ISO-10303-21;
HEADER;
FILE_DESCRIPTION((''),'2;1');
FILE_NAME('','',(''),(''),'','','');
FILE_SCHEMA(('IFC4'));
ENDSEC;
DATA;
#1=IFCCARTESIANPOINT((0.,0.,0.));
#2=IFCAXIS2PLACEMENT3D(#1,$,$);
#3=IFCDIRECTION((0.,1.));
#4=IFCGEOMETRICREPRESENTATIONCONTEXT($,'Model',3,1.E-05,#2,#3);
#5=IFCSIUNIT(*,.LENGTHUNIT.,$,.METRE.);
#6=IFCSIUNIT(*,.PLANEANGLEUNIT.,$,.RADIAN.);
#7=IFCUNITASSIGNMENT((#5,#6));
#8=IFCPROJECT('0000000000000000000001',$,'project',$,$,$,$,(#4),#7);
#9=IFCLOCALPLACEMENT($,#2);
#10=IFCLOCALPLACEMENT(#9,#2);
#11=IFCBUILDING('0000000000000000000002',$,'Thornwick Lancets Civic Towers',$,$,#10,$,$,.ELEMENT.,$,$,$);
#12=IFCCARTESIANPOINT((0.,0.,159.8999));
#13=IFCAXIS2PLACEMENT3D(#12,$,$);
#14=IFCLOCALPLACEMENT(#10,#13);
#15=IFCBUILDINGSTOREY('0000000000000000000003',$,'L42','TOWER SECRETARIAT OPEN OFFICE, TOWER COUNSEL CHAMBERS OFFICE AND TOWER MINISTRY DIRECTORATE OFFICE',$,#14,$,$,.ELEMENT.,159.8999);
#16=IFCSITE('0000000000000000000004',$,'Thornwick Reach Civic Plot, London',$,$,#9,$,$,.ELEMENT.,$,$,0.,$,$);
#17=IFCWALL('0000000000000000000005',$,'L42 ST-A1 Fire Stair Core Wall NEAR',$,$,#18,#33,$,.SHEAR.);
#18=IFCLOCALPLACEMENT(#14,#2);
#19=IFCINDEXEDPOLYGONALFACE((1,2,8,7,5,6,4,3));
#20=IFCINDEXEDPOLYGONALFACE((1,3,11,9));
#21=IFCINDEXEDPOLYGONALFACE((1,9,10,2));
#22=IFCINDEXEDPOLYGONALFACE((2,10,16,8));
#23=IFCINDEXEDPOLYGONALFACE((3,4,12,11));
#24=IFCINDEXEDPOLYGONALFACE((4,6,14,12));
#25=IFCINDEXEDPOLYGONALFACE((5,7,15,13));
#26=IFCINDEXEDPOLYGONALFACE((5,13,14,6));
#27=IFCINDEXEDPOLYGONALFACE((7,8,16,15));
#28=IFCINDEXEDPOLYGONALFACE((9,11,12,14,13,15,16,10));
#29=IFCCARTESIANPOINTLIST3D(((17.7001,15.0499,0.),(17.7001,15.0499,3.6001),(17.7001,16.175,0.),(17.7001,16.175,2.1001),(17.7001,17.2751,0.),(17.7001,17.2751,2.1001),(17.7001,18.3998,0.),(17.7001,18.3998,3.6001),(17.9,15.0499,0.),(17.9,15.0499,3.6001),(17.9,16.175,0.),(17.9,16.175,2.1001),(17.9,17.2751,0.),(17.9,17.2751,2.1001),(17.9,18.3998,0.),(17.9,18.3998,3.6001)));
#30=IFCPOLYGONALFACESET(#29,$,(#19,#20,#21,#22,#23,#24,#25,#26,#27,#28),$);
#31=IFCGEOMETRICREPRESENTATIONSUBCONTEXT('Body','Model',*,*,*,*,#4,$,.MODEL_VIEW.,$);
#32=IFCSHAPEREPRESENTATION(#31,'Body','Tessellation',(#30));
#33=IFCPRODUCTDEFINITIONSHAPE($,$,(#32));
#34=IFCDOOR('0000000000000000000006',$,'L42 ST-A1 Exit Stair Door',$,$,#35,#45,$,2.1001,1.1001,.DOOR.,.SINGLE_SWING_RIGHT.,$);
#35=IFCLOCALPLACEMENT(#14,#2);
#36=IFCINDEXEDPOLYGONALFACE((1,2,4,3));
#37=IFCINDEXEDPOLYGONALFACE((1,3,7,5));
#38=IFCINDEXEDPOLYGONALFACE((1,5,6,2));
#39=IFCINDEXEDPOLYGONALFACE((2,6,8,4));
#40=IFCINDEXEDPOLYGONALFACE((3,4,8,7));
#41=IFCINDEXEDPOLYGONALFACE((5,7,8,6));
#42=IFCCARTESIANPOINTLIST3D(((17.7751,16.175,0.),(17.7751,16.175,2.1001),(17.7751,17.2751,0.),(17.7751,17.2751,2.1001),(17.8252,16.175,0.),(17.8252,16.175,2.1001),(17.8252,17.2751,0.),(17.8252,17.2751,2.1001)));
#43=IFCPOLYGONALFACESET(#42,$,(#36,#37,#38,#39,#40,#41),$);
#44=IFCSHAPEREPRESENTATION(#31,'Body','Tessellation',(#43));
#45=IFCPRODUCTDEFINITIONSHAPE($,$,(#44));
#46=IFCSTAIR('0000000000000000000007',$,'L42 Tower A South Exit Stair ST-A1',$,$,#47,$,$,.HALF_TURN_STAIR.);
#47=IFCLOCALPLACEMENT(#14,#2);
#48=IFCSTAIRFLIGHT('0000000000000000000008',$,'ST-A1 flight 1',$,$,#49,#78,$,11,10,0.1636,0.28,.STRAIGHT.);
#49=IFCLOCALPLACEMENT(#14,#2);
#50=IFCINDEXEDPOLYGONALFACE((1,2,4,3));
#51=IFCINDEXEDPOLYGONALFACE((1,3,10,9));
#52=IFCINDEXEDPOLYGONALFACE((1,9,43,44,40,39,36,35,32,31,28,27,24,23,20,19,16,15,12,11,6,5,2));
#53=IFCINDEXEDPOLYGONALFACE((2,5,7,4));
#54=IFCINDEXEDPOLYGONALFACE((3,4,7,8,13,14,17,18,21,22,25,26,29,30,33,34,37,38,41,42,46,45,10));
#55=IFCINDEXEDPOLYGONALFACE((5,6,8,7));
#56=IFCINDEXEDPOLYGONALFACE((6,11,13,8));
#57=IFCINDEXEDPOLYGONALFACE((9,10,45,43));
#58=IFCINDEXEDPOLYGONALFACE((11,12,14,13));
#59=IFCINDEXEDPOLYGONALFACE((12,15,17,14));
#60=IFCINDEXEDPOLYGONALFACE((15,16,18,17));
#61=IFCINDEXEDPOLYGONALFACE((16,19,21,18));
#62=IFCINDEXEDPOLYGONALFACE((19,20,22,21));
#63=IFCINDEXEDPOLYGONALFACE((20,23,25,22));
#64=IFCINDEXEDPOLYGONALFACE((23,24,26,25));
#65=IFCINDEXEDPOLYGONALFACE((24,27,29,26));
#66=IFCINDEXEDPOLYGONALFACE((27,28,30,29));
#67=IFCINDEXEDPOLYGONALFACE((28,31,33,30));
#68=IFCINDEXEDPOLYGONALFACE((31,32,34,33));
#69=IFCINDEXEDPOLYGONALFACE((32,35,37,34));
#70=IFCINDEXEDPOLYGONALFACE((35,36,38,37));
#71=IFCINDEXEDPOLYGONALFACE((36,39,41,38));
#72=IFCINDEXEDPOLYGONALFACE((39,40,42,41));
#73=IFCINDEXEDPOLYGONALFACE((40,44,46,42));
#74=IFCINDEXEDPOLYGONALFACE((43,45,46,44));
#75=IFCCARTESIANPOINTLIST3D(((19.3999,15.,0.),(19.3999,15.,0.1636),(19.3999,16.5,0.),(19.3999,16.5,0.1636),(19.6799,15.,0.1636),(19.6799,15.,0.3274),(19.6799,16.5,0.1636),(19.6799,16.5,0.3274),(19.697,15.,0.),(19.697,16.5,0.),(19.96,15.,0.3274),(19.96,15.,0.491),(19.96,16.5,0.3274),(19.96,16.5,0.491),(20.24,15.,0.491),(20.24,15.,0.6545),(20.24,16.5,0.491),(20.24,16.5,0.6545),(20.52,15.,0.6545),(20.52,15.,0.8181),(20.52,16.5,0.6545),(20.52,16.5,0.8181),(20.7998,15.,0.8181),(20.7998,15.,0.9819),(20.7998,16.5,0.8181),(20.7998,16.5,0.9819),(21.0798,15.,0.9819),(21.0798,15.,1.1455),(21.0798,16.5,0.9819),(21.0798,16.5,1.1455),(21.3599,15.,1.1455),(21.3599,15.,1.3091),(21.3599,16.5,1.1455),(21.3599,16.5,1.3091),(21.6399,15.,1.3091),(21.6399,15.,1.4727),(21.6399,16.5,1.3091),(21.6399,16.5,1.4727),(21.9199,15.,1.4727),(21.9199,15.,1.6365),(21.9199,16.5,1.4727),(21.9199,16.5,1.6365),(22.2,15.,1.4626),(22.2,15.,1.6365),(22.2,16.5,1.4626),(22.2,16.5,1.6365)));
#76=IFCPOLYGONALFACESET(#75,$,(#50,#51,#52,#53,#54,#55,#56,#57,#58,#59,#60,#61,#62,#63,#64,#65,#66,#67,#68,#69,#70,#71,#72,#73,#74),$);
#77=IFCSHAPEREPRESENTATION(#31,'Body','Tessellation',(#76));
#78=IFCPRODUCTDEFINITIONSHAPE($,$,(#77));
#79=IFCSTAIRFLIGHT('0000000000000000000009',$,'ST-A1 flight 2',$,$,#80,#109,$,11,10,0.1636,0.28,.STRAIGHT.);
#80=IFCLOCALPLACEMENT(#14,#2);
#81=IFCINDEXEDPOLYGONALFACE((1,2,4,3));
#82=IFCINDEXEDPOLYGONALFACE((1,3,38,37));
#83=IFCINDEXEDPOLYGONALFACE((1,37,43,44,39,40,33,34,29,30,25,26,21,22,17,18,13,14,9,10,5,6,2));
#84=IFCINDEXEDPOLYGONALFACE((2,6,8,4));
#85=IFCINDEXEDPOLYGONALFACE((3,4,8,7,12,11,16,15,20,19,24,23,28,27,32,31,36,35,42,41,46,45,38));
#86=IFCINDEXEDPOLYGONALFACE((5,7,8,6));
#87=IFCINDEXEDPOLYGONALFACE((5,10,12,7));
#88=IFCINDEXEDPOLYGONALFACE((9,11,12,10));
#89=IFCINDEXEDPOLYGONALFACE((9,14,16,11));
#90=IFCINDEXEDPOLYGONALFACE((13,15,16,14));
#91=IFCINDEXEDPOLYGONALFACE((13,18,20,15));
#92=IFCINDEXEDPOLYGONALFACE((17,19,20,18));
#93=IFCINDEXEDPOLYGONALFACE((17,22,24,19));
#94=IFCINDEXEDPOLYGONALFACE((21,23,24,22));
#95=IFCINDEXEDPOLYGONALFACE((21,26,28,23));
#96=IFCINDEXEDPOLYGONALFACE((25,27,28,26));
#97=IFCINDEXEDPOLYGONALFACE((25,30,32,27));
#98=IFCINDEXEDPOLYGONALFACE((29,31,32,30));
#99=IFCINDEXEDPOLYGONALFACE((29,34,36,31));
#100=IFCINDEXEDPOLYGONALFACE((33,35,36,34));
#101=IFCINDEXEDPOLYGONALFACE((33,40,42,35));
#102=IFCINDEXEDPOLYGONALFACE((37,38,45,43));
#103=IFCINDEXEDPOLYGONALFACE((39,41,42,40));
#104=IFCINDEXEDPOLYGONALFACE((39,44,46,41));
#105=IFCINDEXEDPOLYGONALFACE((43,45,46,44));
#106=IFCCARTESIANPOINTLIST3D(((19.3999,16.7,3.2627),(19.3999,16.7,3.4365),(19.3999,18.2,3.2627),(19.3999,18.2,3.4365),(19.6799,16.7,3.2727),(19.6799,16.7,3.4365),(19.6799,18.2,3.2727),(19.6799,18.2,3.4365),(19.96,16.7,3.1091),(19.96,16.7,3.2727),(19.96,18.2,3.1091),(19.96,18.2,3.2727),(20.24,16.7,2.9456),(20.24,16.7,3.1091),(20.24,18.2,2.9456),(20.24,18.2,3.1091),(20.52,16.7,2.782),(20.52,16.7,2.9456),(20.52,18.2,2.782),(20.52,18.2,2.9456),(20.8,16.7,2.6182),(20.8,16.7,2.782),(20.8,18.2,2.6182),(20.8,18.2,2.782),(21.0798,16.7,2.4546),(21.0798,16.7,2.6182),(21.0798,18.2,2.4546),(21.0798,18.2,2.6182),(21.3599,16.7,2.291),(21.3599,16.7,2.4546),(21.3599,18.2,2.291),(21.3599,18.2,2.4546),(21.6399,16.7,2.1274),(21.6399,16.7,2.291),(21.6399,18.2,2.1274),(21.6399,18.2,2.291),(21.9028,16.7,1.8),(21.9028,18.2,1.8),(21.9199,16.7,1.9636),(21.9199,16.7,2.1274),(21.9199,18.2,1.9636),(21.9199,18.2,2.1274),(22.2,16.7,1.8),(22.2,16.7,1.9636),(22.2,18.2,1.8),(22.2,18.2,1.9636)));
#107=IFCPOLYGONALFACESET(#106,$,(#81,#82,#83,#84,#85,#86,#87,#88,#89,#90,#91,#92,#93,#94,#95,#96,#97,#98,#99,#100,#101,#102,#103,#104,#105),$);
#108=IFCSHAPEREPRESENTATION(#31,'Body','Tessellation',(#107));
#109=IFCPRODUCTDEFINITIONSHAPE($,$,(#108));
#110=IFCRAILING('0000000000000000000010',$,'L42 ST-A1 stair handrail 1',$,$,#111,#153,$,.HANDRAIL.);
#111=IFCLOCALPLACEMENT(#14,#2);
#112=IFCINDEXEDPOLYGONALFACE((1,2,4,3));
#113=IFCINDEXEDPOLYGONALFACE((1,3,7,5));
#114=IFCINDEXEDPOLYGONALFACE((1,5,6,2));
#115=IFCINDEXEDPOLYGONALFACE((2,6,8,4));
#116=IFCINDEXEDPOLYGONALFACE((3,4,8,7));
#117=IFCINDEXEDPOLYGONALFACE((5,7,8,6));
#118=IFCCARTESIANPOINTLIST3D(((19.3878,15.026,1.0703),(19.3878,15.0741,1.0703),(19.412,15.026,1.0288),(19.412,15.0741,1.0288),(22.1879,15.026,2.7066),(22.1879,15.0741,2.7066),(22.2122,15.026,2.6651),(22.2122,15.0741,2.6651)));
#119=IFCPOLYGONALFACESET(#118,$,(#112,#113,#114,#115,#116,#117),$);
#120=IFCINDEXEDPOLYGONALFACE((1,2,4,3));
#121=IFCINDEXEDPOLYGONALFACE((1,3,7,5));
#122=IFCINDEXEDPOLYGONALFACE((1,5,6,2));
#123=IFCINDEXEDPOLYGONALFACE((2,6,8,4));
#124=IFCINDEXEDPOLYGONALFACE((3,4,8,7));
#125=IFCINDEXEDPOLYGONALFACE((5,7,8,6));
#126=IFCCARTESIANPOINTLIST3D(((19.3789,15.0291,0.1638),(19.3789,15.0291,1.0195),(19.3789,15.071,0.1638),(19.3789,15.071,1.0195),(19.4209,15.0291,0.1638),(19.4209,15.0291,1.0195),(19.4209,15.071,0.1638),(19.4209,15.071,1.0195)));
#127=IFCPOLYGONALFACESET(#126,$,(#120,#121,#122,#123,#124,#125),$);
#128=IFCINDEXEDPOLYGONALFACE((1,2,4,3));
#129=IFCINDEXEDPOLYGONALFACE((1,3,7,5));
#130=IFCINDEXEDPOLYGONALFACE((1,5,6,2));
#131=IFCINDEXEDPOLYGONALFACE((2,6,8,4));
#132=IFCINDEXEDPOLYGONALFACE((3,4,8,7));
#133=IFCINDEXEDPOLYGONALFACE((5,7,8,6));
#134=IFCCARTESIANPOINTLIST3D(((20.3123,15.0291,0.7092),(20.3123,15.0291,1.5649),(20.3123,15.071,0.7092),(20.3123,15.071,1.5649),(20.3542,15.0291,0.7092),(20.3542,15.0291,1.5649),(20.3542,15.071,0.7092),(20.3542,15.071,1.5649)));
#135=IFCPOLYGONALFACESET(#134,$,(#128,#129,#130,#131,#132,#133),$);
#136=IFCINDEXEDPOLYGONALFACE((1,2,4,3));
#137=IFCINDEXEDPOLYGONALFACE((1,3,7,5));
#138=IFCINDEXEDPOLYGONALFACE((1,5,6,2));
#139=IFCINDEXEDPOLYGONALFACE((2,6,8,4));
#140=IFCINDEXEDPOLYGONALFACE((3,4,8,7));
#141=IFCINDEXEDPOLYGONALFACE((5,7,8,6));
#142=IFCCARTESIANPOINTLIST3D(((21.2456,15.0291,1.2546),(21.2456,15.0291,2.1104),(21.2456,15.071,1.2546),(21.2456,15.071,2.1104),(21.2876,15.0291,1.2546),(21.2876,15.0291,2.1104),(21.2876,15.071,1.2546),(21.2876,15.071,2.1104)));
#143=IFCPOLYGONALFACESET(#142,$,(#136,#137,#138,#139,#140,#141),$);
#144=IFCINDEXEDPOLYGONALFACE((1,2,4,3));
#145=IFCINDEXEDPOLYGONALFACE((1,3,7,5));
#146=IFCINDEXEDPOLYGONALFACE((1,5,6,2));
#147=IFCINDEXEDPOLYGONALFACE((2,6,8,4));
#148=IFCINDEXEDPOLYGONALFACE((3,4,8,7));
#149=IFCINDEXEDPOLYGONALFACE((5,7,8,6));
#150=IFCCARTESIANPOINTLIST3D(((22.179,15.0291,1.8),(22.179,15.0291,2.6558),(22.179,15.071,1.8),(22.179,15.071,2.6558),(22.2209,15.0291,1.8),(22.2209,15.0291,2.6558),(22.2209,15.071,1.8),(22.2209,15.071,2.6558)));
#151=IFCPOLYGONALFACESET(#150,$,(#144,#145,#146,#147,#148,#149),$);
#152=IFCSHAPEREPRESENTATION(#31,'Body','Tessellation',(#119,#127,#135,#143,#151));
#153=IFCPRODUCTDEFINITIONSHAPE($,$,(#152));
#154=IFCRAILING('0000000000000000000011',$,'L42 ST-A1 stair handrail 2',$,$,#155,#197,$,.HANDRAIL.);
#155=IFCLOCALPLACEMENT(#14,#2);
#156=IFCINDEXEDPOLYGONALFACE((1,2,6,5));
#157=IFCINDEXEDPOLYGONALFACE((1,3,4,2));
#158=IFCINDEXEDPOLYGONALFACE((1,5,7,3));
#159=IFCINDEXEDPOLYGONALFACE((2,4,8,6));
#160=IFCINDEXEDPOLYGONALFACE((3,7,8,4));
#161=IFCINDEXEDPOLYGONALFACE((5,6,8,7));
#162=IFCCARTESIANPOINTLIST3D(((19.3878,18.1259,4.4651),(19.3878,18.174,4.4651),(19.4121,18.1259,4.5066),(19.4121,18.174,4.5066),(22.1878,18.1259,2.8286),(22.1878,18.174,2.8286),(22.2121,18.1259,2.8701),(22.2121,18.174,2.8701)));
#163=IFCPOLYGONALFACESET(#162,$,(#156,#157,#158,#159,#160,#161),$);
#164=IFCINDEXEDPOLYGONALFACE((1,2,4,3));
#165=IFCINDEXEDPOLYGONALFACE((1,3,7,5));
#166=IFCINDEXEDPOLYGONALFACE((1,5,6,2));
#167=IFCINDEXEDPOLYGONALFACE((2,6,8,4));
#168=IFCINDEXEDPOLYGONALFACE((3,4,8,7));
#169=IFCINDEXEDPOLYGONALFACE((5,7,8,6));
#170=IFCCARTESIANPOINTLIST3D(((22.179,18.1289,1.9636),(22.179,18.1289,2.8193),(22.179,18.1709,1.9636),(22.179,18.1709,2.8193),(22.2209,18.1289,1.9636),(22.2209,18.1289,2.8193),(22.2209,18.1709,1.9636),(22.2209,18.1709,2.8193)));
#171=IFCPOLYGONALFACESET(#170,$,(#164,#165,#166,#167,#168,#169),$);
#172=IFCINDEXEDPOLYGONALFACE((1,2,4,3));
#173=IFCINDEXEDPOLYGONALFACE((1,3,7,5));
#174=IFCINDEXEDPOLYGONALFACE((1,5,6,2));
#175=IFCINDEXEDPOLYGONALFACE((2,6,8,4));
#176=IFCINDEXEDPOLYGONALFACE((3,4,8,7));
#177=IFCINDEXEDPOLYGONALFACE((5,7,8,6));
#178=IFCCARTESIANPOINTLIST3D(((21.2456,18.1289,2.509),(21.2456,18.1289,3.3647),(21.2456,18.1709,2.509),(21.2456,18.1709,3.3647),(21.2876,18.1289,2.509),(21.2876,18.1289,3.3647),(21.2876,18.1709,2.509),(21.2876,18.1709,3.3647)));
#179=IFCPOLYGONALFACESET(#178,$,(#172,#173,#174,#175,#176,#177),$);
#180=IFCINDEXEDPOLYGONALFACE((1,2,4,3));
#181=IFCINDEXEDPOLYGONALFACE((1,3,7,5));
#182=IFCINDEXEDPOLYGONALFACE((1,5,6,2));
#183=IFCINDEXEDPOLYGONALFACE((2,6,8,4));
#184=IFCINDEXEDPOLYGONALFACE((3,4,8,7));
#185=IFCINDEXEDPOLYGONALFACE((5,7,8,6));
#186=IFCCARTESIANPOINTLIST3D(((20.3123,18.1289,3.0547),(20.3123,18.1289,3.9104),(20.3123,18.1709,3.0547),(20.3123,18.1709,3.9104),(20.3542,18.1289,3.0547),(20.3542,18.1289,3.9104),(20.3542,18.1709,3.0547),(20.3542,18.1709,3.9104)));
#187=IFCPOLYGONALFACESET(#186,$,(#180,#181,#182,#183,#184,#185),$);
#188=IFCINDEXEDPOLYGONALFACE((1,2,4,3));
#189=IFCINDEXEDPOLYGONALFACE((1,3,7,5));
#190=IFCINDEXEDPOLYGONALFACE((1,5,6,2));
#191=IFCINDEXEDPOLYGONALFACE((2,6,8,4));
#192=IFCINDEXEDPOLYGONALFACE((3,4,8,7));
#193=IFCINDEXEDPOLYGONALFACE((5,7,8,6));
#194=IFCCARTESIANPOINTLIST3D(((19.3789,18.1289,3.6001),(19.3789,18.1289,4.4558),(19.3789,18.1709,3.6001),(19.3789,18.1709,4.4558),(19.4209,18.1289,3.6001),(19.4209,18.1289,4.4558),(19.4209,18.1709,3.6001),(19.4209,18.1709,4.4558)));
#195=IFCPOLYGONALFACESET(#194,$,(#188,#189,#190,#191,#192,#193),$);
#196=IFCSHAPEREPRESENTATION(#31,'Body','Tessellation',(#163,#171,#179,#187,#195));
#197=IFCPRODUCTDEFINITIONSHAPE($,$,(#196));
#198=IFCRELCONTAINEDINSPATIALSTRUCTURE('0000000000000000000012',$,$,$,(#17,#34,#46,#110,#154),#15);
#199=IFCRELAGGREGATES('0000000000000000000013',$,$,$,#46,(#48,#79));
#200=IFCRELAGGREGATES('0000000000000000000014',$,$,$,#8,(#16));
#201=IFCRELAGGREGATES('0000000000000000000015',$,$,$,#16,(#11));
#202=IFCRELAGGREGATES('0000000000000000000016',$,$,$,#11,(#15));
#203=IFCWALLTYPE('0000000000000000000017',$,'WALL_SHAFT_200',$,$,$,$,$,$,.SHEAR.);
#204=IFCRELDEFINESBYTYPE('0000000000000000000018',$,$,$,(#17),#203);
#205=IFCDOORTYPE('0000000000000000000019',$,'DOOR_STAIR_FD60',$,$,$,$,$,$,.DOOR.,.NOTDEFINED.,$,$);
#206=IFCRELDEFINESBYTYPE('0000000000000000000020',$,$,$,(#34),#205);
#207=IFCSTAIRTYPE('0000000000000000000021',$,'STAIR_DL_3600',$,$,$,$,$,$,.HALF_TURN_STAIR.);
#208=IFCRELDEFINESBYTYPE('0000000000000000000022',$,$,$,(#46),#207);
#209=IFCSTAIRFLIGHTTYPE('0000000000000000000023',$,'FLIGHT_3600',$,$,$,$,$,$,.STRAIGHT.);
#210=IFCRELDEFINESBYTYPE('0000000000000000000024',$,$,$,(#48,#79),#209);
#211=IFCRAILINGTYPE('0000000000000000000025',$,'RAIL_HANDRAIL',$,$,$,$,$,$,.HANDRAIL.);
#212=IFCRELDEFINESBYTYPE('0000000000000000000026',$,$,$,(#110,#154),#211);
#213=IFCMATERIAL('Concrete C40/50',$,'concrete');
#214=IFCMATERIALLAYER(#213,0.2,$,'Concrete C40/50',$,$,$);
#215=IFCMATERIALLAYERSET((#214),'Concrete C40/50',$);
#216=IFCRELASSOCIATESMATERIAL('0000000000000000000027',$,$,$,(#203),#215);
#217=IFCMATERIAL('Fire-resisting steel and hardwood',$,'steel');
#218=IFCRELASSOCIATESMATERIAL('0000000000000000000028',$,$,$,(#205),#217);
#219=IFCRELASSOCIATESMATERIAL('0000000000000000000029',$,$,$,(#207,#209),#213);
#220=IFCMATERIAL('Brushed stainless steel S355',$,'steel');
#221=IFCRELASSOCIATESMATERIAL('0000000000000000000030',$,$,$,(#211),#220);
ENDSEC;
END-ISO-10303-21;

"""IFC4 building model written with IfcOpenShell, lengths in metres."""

from ifc_helpers import new_model, si_unit, direction, frame, frame_2d, origin, origin_2d, place, context, subcontext, project, spatial, polyline, rectangle, outline, extrude, material, layer, layer_set, type_object, element, fill, aggregate, save


model = new_model("IFC4")

# Units and contexts
model_context = context("Model", 3, precision=1e-05, world=origin(), true_north=direction((0.0, 1.0)))
body_context = subcontext(model_context, "Body", "Model", "MODEL_VIEW")
ifc_project = project(units=[si_unit("LENGTHUNIT", "METRE"), si_unit("PLANEANGLEUNIT", "RADIAN")], contexts=[model_context])

# Site, building, storey
site_placement = place(None, origin())
site = spatial("IfcSite", under=ifc_project, at=site_placement, Name="Thornwick Reach Civic Plot, London", CompositionType="ELEMENT", RefElevation=0.0)
building_placement = place(site_placement, origin())
building = spatial("IfcBuilding", under=site, at=building_placement, Name="Thornwick Lancets Civic Towers", CompositionType="ELEMENT")
storey_placement = place(building_placement, frame((0.0, 0.0, 159.8999)))
storey = spatial("IfcBuildingStorey", under=building, at=storey_placement, Name="L42", Description="TOWER SECRETARIAT OPEN OFFICE, TOWER COUNSEL CHAMBERS OFFICE AND TOWER MINISTRY DIRECTORATE OFFICE", CompositionType="ELEMENT", Elevation=159.8999)

# Shared definitions
ifc_material_1 = material(Name="Concrete C40/50", Category="concrete")

# Wall, opening, door
ifc_layer_1 = layer(ifc_material_1, 0.2, Name="Concrete C40/50")
ifc_layer_set_1 = layer_set([ifc_layer_1], Name="Concrete C40/50")
wall_type_1 = type_object("IfcWallType", Name="WALL_SHAFT_200", PredefinedType="SHEAR", material=ifc_layer_set_1)
wall_1_placement = place(storey_placement, frame((17.8, 15.05, 0.0), z_axis=(0.0, 0.0, 1.0), x_axis=(0.0, 1.0, 0.0)))
wall_1 = element("IfcWall", 1, at=wall_1_placement, inside=storey, type_object=wall_type_1, Name="L42 ST-A1 Fire Stair Core Wall NEAR", PredefinedType="SHEAR", context=body_context, shape_type="SweptSolid", body=[
    extrude(rectangle(XDim=3.3499, YDim=0.2, at=frame_2d((1.6748, 0.0))), origin(), (0.0, 0.0, 1.0), 3.6001),
])
opening_1_placement = place(wall_1_placement, frame((1.125, 0.0, 0.0)))
opening_1 = element("IfcOpeningElement", 2, at=opening_1_placement, cuts=wall_1, PredefinedType="OPENING", context=body_context, shape_type="SweptSolid", body=[
    extrude(rectangle(XDim=1.1001, YDim=2.1001, at=frame_2d((0.55, 1.05))), frame((0.0, 0.1099, 0.0), z_axis=(0.0, -1.0, 0.0), x_axis=(1.0, 0.0, 0.0)), (0.0, 0.0, 1.0), 0.22),
])
ifc_material_2 = material(Name="Fire-resisting steel and hardwood", Category="steel")
door_type_1 = type_object("IfcDoorType", Name="DOOR_STAIR_FD60", OperationType="NOTDEFINED", PredefinedType="DOOR", material=ifc_material_2)
door_1_placement = place(opening_1_placement, origin())
door_1 = element("IfcDoor", 3, at=door_1_placement, inside=storey, type_object=door_type_1, Name="L42 ST-A1 Exit Stair Door", OperationType="SINGLE_SWING_RIGHT", OverallHeight=2.1001, OverallWidth=1.1001, PredefinedType="DOOR", context=body_context, shape_type="SweptSolid", body=[
    extrude(rectangle(XDim=1.1001, YDim=2.1001, at=frame_2d((0.55, 1.05))), frame((0.0, 0.0249, 0.0), z_axis=(0.0, -1.0, 0.0), x_axis=(1.0, 0.0, 0.0)), (0.0, 0.0, 1.0), 0.05),
])
fill(opening_1, door_1)

# Stair, stair flights
stair_type = type_object("IfcStairType", Name="STAIR_DL_3600", PredefinedType="HALF_TURN_STAIR", material=ifc_material_1)
stair_placement = place(storey_placement, origin())
stair = element("IfcStair", 4, at=stair_placement, inside=storey, type_object=stair_type, Name="L42 Tower A South Exit Stair ST-A1", PredefinedType="HALF_TURN_STAIR")
stair_flight_type = type_object("IfcStairFlightType", Name="FLIGHT_3600", PredefinedType="STRAIGHT", material=ifc_material_1)
stair_flight_1_placement = place(storey_placement, frame((19.3999, 15.75, 0.0), z_axis=(0.0, 0.0, 1.0), x_axis=(1.0, 0.0, 0.0)))
stair_flight_1 = element("IfcStairFlight", 5, at=stair_flight_1_placement, type_object=stair_flight_type, Name="ST-A1 flight 1", NumberOfRisers=11, NumberOfTreads=10, PredefinedType="STRAIGHT", RiserHeight=0.1636, TreadLength=0.28, context=body_context, shape_type="SweptSolid", body=[
    extrude(outline(polyline([(0.0, 0.0), (0.0, 0.1636), (0.28, 0.1636), (0.28, 0.3274), (0.5601, 0.3274), (0.5601, 0.491), (0.8401, 0.491), (0.8401, 0.6545), (1.1201, 0.6545), (1.1201, 0.8181), (1.3999, 0.8181), (1.3999, 0.9819), (1.6799, 0.9819), (1.6799, 1.1455), (1.96, 1.1455), (1.96, 1.3091), (2.24, 1.3091), (2.24, 1.4727), (2.52, 1.4727), (2.52, 1.6365), (2.8, 1.6365), (2.8, 1.8), (2.8, 1.4626), (0.2971, 0.0), (0.0, 0.0)])), frame((0.0, 0.75, 0.0), z_axis=(0.0, -1.0, 0.0), x_axis=(1.0, 0.0, 0.0)), (0.0, 0.0, 1.0), 1.5),
])
stair_flight_2_placement = place(storey_placement, frame((22.2, 17.45, 1.8), z_axis=(0.0, 0.0, 1.0), x_axis=(-1.0, 0.0, 0.0)))
stair_flight_2 = element("IfcStairFlight", 6, at=stair_flight_2_placement, type_object=stair_flight_type, Name="ST-A1 flight 2", NumberOfRisers=11, NumberOfTreads=10, PredefinedType="STRAIGHT", RiserHeight=0.1636, TreadLength=0.28, context=body_context, shape_type="SweptSolid", body=[
    extrude(outline(polyline([(0.0, 0.0), (0.0, 0.1636), (0.28, 0.1636), (0.28, 0.3274), (0.5601, 0.3274), (0.5601, 0.491), (0.8401, 0.491), (0.8401, 0.6545), (1.1201, 0.6545), (1.1201, 0.8181), (1.3999, 0.8181), (1.3999, 0.9819), (1.6799, 0.9819), (1.6799, 1.1455), (1.96, 1.1455), (1.96, 1.3091), (2.24, 1.3091), (2.24, 1.4727), (2.52, 1.4727), (2.52, 1.6365), (2.8, 1.6365), (2.8, 1.8), (2.8, 1.4626), (0.2971, 0.0), (0.0, 0.0)])), frame((0.0, 0.75, 0.0), z_axis=(0.0, -1.0, 0.0), x_axis=(1.0, 0.0, 0.0)), (0.0, 0.0, 1.0), 1.5),
])
aggregate(stair, [stair_flight_1, stair_flight_2])

# Railings
ifc_material_3 = material(Name="Brushed stainless steel S355", Category="steel")
railing_type_1 = type_object("IfcRailingType", Name="RAIL_HANDRAIL", PredefinedType="HANDRAIL", material=ifc_material_3)
railing_1_placement = place(storey_placement, frame((19.3999, 15.05, 0.1638)))
element("IfcRailing", 7, at=railing_1_placement, inside=storey, type_object=railing_type_1, Name="L42 ST-A1 stair handrail 1", PredefinedType="HANDRAIL", context=body_context, shape_type="SweptSolid", body=[
    extrude(rectangle(XDim=0.0481, YDim=0.0481, at=origin_2d()), frame((0.0, 0.0, 0.8857), z_axis=(0.863394, 0.0, 0.504531), x_axis=(0.0, 1.0, 0.0)), (0.0, 0.0, 1.0), 3.2432),
    extrude(rectangle(XDim=0.042, YDim=0.042, at=origin_2d()), origin(), (0.0, 0.0, 1.0), 0.8557),
    extrude(rectangle(XDim=0.042, YDim=0.042, at=origin_2d()), frame((0.9333, 0.0, 0.5454)), (0.0, 0.0, 1.0), 0.8557),
    extrude(rectangle(XDim=0.042, YDim=0.042, at=origin_2d()), frame((1.8667, 0.0, 1.0908)), (0.0, 0.0, 1.0), 0.8557),
    extrude(rectangle(XDim=0.042, YDim=0.042, at=origin_2d()), frame((2.8, 0.0, 1.6362)), (0.0, 0.0, 1.0), 0.8557),
])
railing_2_placement = place(storey_placement, frame((22.2, 18.1499, 1.9636)))
element("IfcRailing", 8, at=railing_2_placement, inside=storey, type_object=railing_type_1, Name="L42 ST-A1 stair handrail 2", PredefinedType="HANDRAIL", context=body_context, shape_type="SweptSolid", body=[
    extrude(rectangle(XDim=0.0481, YDim=0.0481, at=origin_2d()), frame((0.0, 0.0, 0.8857), z_axis=(-0.863361, 0.0, 0.504587), x_axis=(0.0, -1.0, 0.0)), (0.0, 0.0, 1.0), 3.2432),
    extrude(rectangle(XDim=0.042, YDim=0.042, at=origin_2d()), origin(), (0.0, 0.0, 1.0), 0.8557),
    extrude(rectangle(XDim=0.042, YDim=0.042, at=origin_2d()), frame((-0.9333, 0.0, 0.5454)), (0.0, 0.0, 1.0), 0.8557),
    extrude(rectangle(XDim=0.042, YDim=0.042, at=origin_2d()), frame((-1.8667, 0.0, 1.0911)), (0.0, 0.0, 1.0), 0.8557),
    extrude(rectangle(XDim=0.042, YDim=0.042, at=origin_2d()), frame((-2.8, 0.0, 1.6365)), (0.0, 0.0, 1.0), 0.8557),
])

save(model, "model.ifc")
